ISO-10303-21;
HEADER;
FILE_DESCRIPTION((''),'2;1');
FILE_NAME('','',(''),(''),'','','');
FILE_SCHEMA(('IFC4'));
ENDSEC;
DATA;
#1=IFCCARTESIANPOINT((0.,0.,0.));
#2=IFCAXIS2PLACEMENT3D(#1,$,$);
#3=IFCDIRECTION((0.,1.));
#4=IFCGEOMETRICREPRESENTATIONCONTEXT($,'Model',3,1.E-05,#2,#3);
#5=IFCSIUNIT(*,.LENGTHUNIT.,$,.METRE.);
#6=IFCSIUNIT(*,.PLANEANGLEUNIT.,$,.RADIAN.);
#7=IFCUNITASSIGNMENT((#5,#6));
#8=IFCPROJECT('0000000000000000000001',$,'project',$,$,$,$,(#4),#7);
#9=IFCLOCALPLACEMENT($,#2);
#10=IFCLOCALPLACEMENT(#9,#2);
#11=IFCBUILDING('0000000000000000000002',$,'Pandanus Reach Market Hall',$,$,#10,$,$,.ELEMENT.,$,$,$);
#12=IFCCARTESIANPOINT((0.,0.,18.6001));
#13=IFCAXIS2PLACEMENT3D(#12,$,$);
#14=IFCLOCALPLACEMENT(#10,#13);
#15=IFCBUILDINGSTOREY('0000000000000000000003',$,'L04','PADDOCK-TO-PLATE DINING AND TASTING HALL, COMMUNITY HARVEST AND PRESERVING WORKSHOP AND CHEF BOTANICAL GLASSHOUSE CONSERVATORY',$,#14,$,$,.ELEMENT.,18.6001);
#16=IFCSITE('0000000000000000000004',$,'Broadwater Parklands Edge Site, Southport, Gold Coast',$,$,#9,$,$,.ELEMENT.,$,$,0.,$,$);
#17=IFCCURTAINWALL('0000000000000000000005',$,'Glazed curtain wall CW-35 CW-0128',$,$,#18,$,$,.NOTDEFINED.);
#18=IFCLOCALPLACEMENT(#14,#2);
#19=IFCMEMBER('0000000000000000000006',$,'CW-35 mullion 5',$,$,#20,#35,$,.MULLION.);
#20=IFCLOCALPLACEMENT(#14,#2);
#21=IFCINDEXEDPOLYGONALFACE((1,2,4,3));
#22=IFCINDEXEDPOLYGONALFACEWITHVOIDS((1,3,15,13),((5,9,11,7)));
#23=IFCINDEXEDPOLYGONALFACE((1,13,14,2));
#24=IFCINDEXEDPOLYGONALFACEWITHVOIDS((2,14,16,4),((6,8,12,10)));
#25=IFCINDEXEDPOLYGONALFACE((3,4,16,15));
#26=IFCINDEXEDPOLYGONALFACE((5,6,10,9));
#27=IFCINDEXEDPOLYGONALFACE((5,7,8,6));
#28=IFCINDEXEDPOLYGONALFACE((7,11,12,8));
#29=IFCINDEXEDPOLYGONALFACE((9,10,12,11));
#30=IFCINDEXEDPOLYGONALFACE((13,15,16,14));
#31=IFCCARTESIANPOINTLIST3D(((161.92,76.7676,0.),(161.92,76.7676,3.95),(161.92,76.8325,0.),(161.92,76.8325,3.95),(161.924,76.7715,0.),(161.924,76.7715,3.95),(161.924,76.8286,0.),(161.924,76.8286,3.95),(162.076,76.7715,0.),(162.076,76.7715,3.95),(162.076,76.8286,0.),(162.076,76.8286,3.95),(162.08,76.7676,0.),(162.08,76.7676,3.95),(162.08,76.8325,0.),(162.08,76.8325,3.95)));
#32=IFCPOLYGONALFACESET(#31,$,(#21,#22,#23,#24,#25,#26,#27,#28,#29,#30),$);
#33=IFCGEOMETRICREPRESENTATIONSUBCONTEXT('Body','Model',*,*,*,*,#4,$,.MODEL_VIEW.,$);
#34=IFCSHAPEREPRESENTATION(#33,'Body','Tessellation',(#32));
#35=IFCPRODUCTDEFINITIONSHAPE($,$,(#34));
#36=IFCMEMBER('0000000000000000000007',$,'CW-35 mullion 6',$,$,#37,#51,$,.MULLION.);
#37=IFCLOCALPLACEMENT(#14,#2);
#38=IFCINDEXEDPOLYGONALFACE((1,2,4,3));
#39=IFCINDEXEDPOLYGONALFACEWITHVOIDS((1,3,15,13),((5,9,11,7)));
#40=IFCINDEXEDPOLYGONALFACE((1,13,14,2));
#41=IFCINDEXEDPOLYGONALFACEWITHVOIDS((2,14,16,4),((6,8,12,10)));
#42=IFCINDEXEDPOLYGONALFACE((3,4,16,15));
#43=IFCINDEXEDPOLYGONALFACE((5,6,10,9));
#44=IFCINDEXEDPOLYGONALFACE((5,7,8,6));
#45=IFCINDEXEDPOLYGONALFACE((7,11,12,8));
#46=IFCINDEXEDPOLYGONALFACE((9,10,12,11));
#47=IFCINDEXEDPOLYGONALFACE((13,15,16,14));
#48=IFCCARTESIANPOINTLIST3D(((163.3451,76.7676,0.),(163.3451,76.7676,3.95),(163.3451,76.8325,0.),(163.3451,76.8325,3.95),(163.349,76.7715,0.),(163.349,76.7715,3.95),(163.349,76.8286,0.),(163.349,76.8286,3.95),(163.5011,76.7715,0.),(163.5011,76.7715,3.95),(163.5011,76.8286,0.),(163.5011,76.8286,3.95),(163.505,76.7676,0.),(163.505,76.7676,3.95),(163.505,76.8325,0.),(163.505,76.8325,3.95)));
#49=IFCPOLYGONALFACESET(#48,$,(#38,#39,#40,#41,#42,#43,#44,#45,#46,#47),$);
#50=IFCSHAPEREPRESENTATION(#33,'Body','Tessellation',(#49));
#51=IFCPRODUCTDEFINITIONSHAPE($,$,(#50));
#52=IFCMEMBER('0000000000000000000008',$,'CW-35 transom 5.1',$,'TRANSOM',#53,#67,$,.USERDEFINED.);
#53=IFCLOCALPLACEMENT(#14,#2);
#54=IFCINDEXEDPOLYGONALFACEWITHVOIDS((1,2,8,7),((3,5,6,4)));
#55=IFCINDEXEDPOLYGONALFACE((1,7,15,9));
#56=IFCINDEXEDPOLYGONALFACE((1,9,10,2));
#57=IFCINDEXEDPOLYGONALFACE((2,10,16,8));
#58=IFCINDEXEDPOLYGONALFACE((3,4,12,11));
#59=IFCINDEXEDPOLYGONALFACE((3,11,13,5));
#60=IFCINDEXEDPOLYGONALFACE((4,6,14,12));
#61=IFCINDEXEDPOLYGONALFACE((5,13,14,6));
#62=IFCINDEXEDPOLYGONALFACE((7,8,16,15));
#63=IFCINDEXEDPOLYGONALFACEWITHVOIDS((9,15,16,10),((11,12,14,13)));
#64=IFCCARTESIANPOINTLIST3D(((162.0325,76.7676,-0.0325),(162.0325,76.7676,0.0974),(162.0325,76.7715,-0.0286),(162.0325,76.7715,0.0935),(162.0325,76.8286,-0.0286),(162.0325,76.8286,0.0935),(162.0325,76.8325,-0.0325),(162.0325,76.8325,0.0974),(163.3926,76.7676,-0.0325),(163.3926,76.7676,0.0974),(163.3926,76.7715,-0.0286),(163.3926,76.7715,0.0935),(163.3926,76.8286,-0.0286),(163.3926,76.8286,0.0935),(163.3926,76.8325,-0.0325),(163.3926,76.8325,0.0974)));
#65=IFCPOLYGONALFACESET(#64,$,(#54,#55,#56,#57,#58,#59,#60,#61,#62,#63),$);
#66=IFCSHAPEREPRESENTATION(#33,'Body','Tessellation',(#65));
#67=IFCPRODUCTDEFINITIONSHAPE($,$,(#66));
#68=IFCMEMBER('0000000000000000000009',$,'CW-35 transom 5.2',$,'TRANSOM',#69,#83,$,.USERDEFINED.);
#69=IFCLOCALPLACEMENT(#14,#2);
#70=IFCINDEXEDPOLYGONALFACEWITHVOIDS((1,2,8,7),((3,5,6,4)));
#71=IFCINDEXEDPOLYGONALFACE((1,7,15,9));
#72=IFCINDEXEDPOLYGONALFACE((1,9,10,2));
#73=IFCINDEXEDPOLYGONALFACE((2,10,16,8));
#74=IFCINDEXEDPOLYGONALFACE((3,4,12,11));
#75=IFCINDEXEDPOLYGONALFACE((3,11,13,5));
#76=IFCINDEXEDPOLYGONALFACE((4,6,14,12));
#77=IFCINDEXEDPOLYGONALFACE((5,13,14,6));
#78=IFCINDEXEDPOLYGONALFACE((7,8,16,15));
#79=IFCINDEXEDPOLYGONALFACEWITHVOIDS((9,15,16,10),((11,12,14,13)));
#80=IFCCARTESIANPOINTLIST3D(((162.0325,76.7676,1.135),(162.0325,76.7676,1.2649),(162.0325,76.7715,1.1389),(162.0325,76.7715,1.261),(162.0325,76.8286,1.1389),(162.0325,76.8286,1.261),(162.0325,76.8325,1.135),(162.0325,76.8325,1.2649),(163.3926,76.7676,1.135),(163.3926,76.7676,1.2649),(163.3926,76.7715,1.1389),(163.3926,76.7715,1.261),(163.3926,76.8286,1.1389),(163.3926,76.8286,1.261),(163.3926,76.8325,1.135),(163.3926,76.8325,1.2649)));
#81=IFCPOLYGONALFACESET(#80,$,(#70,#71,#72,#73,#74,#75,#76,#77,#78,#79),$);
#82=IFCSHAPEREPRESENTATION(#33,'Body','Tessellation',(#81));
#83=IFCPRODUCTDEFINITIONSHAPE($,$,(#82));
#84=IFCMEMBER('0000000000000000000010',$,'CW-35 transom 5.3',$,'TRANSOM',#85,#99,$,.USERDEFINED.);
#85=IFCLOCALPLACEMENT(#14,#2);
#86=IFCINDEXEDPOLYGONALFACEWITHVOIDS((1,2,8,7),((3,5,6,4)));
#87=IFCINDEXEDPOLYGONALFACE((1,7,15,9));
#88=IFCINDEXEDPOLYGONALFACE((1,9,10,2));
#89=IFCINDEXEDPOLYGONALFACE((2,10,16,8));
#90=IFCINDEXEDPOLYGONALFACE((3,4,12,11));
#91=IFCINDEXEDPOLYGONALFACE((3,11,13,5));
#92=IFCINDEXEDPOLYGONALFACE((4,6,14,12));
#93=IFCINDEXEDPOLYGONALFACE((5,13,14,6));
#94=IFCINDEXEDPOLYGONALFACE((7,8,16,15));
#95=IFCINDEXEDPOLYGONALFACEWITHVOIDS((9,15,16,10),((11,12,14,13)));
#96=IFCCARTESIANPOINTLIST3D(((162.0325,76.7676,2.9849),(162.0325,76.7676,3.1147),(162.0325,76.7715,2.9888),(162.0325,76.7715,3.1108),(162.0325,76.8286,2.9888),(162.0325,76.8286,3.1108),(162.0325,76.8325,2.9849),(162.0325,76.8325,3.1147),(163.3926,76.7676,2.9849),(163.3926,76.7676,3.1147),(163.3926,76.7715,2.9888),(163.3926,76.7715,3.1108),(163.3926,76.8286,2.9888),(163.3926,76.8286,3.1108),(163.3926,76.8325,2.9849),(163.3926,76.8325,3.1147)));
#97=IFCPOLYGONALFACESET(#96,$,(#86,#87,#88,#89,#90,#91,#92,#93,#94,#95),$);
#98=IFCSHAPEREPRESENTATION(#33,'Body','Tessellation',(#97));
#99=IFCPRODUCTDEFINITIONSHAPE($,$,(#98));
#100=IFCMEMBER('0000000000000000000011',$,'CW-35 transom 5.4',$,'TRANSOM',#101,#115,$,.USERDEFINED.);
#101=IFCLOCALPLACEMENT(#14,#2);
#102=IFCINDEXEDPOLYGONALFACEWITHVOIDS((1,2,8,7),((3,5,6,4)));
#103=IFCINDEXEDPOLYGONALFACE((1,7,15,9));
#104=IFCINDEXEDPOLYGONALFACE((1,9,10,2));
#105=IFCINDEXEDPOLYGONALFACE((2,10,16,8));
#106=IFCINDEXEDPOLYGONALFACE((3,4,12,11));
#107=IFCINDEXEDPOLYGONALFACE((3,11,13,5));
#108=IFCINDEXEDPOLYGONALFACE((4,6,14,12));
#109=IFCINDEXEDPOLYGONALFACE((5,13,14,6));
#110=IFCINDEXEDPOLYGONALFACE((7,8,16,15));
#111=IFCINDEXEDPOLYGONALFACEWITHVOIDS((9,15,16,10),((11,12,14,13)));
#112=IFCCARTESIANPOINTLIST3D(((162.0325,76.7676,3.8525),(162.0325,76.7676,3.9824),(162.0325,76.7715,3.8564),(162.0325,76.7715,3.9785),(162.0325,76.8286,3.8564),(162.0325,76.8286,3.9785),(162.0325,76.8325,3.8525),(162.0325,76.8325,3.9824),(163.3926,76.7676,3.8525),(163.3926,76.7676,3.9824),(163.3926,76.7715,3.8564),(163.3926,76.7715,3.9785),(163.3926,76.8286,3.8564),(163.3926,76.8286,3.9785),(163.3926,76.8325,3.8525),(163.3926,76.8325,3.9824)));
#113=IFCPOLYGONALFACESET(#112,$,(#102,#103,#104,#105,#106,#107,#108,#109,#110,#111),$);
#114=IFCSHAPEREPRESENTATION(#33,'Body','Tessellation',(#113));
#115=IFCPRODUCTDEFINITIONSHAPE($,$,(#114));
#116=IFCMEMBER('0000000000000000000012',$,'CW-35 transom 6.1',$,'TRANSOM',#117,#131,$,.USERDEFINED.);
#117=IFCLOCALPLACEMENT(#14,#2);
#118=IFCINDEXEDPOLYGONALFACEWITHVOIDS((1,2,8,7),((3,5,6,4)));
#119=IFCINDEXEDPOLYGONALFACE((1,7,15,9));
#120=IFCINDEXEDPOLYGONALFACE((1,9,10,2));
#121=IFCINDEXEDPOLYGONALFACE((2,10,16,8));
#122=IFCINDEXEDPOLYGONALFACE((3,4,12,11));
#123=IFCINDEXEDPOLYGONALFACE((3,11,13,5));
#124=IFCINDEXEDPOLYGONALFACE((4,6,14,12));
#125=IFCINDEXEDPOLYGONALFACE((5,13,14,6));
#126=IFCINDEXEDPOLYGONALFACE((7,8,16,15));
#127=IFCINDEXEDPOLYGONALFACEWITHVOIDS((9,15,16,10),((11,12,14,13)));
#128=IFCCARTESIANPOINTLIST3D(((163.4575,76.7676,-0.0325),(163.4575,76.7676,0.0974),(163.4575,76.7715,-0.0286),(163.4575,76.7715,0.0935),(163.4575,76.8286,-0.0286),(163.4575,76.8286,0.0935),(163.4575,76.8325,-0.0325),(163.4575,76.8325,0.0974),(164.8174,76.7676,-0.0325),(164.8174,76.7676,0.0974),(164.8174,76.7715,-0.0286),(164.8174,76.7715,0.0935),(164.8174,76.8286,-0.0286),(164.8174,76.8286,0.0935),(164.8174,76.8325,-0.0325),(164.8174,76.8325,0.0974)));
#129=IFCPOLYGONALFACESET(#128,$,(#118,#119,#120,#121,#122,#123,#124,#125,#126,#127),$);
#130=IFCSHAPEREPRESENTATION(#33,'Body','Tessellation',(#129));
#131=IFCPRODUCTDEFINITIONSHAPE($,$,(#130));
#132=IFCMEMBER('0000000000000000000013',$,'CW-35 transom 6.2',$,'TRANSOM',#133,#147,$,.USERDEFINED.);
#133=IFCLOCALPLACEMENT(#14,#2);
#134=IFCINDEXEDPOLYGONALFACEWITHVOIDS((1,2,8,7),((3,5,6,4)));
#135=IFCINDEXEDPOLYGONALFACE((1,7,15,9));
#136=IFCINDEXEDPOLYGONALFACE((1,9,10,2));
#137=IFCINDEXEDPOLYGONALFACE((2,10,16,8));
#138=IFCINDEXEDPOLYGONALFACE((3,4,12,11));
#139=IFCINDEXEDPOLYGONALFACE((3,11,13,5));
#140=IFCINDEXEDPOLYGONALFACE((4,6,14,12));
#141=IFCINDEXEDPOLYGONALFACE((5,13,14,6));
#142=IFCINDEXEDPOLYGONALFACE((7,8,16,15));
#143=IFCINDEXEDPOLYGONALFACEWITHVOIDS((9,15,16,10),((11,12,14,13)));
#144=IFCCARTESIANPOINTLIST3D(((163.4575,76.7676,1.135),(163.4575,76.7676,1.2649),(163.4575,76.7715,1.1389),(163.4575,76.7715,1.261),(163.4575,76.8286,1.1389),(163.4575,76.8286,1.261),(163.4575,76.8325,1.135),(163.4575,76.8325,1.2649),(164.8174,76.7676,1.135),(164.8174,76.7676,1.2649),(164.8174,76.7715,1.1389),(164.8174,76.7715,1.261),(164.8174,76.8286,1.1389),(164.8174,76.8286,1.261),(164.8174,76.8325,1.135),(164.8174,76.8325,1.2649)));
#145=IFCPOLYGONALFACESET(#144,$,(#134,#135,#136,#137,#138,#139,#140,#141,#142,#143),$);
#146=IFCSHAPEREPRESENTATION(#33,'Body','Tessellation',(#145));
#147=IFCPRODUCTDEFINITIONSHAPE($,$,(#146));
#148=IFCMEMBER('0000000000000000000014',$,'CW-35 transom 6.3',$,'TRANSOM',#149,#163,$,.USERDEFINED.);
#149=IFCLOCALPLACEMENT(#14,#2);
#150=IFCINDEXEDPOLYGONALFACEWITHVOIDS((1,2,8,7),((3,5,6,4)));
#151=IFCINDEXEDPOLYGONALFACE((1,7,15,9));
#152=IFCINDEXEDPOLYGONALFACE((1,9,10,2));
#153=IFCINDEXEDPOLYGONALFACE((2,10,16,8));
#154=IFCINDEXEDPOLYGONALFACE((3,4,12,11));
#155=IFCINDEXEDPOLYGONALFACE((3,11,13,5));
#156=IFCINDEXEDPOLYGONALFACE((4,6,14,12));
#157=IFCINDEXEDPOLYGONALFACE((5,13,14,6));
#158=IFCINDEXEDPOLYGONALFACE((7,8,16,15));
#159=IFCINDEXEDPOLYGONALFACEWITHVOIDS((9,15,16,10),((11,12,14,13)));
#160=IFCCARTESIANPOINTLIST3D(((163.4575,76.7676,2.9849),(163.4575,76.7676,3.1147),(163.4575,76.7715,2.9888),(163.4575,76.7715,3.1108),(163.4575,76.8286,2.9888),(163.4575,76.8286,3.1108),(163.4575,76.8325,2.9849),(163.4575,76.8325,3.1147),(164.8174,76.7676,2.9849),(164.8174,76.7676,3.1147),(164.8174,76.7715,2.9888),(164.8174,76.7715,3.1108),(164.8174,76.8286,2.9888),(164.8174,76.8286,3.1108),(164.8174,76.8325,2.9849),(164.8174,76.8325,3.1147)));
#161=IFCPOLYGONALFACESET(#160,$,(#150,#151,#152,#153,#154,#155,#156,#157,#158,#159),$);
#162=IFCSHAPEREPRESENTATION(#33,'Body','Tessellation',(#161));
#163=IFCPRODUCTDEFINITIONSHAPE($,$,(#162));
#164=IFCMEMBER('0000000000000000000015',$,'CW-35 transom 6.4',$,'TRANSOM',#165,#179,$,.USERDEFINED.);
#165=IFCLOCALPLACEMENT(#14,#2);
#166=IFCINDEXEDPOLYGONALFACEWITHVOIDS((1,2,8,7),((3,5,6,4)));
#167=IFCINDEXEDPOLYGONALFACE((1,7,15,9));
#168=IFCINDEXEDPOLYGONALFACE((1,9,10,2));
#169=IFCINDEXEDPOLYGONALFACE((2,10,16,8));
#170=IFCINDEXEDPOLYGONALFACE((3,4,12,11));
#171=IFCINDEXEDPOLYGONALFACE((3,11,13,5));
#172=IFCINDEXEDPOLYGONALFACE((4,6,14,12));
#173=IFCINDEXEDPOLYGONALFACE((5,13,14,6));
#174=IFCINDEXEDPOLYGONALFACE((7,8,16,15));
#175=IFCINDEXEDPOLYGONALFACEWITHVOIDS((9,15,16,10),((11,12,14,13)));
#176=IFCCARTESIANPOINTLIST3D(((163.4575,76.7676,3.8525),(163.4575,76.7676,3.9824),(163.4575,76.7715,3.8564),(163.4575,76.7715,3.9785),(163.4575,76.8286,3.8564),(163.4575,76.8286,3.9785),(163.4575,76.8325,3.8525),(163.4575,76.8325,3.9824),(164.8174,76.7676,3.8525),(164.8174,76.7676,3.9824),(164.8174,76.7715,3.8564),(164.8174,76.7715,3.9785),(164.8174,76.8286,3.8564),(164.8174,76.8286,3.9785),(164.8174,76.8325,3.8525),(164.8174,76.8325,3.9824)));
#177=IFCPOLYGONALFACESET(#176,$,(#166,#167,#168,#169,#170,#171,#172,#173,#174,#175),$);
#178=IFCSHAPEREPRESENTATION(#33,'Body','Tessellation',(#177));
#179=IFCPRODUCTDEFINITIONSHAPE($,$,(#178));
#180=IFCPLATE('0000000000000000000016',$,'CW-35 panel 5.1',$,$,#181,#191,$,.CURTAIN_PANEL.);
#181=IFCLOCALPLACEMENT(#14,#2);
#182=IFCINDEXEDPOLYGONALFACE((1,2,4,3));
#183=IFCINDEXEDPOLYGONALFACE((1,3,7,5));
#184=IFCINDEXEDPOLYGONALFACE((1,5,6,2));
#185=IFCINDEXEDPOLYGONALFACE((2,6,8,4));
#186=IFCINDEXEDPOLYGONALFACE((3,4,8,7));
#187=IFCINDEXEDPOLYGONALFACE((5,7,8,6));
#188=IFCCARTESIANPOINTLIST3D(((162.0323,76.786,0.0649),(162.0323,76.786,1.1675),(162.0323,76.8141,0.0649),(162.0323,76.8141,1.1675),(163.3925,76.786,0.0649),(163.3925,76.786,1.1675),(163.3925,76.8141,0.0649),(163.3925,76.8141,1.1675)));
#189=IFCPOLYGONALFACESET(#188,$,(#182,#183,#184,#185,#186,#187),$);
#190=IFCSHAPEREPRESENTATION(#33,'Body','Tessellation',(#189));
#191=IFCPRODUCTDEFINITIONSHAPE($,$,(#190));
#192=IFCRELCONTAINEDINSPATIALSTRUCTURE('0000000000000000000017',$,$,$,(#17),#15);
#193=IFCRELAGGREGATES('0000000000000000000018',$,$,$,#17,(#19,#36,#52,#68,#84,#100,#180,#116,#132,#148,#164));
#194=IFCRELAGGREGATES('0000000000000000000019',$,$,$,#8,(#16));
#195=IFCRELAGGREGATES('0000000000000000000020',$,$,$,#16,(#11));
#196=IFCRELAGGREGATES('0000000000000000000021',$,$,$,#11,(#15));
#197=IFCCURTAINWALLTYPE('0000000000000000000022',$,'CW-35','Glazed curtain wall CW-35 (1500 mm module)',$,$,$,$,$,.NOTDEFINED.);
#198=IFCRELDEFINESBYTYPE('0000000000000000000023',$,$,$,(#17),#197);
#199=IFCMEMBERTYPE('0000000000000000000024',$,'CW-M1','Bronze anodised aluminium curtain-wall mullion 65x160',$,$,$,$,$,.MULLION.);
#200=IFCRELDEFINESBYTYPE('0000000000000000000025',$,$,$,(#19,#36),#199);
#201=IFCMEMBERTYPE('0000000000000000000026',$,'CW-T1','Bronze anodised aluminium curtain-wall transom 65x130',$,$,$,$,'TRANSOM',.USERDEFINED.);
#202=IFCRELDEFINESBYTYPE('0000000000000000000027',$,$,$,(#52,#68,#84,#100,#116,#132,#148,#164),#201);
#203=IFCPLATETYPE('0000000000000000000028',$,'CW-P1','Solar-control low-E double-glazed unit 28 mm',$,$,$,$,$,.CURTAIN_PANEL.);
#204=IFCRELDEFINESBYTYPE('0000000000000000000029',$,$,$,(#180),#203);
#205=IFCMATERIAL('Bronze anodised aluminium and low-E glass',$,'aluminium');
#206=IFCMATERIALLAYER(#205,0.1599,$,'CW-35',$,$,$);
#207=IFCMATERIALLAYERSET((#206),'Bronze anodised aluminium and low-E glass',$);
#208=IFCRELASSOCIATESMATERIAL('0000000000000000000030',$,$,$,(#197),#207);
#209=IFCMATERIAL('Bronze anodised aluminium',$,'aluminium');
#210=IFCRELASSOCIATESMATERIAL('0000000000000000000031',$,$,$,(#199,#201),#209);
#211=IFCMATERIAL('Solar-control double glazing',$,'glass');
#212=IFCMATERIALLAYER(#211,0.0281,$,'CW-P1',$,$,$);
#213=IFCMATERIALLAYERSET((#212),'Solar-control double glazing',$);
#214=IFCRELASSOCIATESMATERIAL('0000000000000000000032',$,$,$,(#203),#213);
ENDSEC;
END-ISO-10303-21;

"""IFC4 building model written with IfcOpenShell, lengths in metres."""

from ifc_helpers import new_model, si_unit, direction, frame, origin, origin_2d, place, context, subcontext, project, spatial, rectangle, hollow_rectangle, extrude, material, layer, layer_set, material_profile, profile_set, type_object, element, aggregate, save


model = new_model("IFC4")

# Units and contexts
model_context = context("Model", 3, precision=1e-05, world=origin(), true_north=direction((0.0, 1.0)))
body_context = subcontext(model_context, "Body", "Model", "MODEL_VIEW")
ifc_project = project(units=[si_unit("LENGTHUNIT", "METRE"), si_unit("PLANEANGLEUNIT", "RADIAN")], contexts=[model_context])

# Site, building, storey
site_placement = place(None, origin())
site = spatial("IfcSite", under=ifc_project, at=site_placement, Name="Broadwater Parklands Edge Site, Southport, Gold Coast", CompositionType="ELEMENT", RefElevation=0.0)
building_placement = place(site_placement, origin())
building = spatial("IfcBuilding", under=site, at=building_placement, Name="Pandanus Reach Market Hall", CompositionType="ELEMENT")
storey_placement = place(building_placement, frame((0.0, 0.0, 18.6001)))
storey = spatial("IfcBuildingStorey", under=building, at=storey_placement, Name="L04", Description="PADDOCK-TO-PLATE DINING AND TASTING HALL, COMMUNITY HARVEST AND PRESERVING WORKSHOP AND CHEF BOTANICAL GLASSHOUSE CONSERVATORY", CompositionType="ELEMENT", Elevation=18.6001)

# Curtain wall, members, plate
ifc_material_1 = material(Name="Bronze anodised aluminium and low-E glass", Category="aluminium")
ifc_layer_1 = layer(ifc_material_1, 0.1599, Name="CW-35")
ifc_layer_set_1 = layer_set([ifc_layer_1], Name="Bronze anodised aluminium and low-E glass")
curtain_wall_type = type_object("IfcCurtainWallType", Name="CW-35", Description="Glazed curtain wall CW-35 (1500 mm module)", PredefinedType="NOTDEFINED", material=ifc_layer_set_1)
curtain_wall_placement = place(storey_placement, origin())
curtain_wall = element("IfcCurtainWall", 1, at=curtain_wall_placement, inside=storey, type_object=curtain_wall_type, Name="Glazed curtain wall CW-35 CW-0128", PredefinedType="NOTDEFINED")
ifc_material_2 = material(Name="Bronze anodised aluminium", Category="aluminium")
ifc_material_profile_1 = material_profile(ifc_material_2, hollow_rectangle(XDim=0.0649, YDim=0.1599, WallThickness=0.0039, at=origin_2d()), Name="ALU65x160", Category="LoadBearing")
ifc_profile_set_1 = profile_set([ifc_material_profile_1], Name="Bronze anodised aluminium")
member_type_1 = type_object("IfcMemberType", Name="CW-M1", Description="Bronze anodised aluminium curtain-wall mullion 65x160", PredefinedType="MULLION", material=ifc_profile_set_1)
member_1_placement = place(storey_placement, frame((162.0, 76.8, 0.0), z_axis=(0.0, 0.0, 1.0), x_axis=(0.0, 1.0, 0.0)))
member_1 = element("IfcMember", 2, at=member_1_placement, type_object=member_type_1, Name="CW-35 mullion 5", PredefinedType="MULLION", context=body_context, shape_type="SweptSolid", body=[
    extrude(hollow_rectangle(XDim=0.0649, YDim=0.1599, WallThickness=0.0039, at=origin_2d()), origin(), (0.0, 0.0, 1.0), 3.95),
])
member_2_placement = place(storey_placement, frame((163.425, 76.8, 0.0), z_axis=(0.0, 0.0, 1.0), x_axis=(0.0, 1.0, 0.0)))
member_2 = element("IfcMember", 3, at=member_2_placement, type_object=member_type_1, Name="CW-35 mullion 6", PredefinedType="MULLION", context=body_context, shape_type="SweptSolid", body=[
    extrude(hollow_rectangle(XDim=0.0649, YDim=0.1599, WallThickness=0.0039, at=origin_2d()), origin(), (0.0, 0.0, 1.0), 3.95),
])
ifc_material_profile_2 = material_profile(ifc_material_2, hollow_rectangle(XDim=0.0649, YDim=0.1299, WallThickness=0.0039, at=origin_2d()), Name="ALU65x130", Category="LoadBearing")
ifc_profile_set_2 = profile_set([ifc_material_profile_2], Name="Bronze anodised aluminium")
member_type_2 = type_object("IfcMemberType", Name="CW-T1", Description="Bronze anodised aluminium curtain-wall transom 65x130", ElementType="TRANSOM", PredefinedType="USERDEFINED", material=ifc_profile_set_2)
member_3_placement = place(storey_placement, frame((162.0325, 76.8, 0.0325), z_axis=(1.0, 0.0, 0.0), x_axis=(0.0, 1.0, 0.0)))
member_3 = element("IfcMember", 4, at=member_3_placement, type_object=member_type_2, Name="CW-35 transom 5.1", ObjectType="TRANSOM", PredefinedType="USERDEFINED", context=body_context, shape_type="SweptSolid", body=[
    extrude(hollow_rectangle(XDim=0.0649, YDim=0.1299, WallThickness=0.0039, at=origin_2d()), origin(), (0.0, 0.0, 1.0), 1.3601),
])
member_4_placement = place(storey_placement, frame((162.0325, 76.8, 1.2), z_axis=(1.0, 0.0, 0.0), x_axis=(0.0, 1.0, 0.0)))
member_4 = element("IfcMember", 5, at=member_4_placement, type_object=member_type_2, Name="CW-35 transom 5.2", ObjectType="TRANSOM", PredefinedType="USERDEFINED", context=body_context, shape_type="SweptSolid", body=[
    extrude(hollow_rectangle(XDim=0.0649, YDim=0.1299, WallThickness=0.0039, at=origin_2d()), origin(), (0.0, 0.0, 1.0), 1.3601),
])
member_5_placement = place(storey_placement, frame((162.0325, 76.8, 3.0498), z_axis=(1.0, 0.0, 0.0), x_axis=(0.0, 1.0, 0.0)))
member_5 = element("IfcMember", 6, at=member_5_placement, type_object=member_type_2, Name="CW-35 transom 5.3", ObjectType="TRANSOM", PredefinedType="USERDEFINED", context=body_context, shape_type="SweptSolid", body=[
    extrude(hollow_rectangle(XDim=0.0649, YDim=0.1299, WallThickness=0.0039, at=origin_2d()), origin(), (0.0, 0.0, 1.0), 1.3601),
])
member_6_placement = place(storey_placement, frame((162.0325, 76.8, 3.9175), z_axis=(1.0, 0.0, 0.0), x_axis=(0.0, 1.0, 0.0)))
member_6 = element("IfcMember", 7, at=member_6_placement, type_object=member_type_2, Name="CW-35 transom 5.4", ObjectType="TRANSOM", PredefinedType="USERDEFINED", context=body_context, shape_type="SweptSolid", body=[
    extrude(hollow_rectangle(XDim=0.0649, YDim=0.1299, WallThickness=0.0039, at=origin_2d()), origin(), (0.0, 0.0, 1.0), 1.3601),
])
member_7_placement = place(storey_placement, frame((163.4575, 76.8, 0.0325), z_axis=(1.0, 0.0, 0.0), x_axis=(0.0, 1.0, 0.0)))
member_7 = element("IfcMember", 8, at=member_7_placement, type_object=member_type_2, Name="CW-35 transom 6.1", ObjectType="TRANSOM", PredefinedType="USERDEFINED", context=body_context, shape_type="SweptSolid", body=[
    extrude(hollow_rectangle(XDim=0.0649, YDim=0.1299, WallThickness=0.0039, at=origin_2d()), origin(), (0.0, 0.0, 1.0), 1.3599),
])
member_8_placement = place(storey_placement, frame((163.4575, 76.8, 1.2), z_axis=(1.0, 0.0, 0.0), x_axis=(0.0, 1.0, 0.0)))
member_8 = element("IfcMember", 9, at=member_8_placement, type_object=member_type_2, Name="CW-35 transom 6.2", ObjectType="TRANSOM", PredefinedType="USERDEFINED", context=body_context, shape_type="SweptSolid", body=[
    extrude(hollow_rectangle(XDim=0.0649, YDim=0.1299, WallThickness=0.0039, at=origin_2d()), origin(), (0.0, 0.0, 1.0), 1.3599),
])
member_9_placement = place(storey_placement, frame((163.4575, 76.8, 3.0498), z_axis=(1.0, 0.0, 0.0), x_axis=(0.0, 1.0, 0.0)))
member_9 = element("IfcMember", 10, at=member_9_placement, type_object=member_type_2, Name="CW-35 transom 6.3", ObjectType="TRANSOM", PredefinedType="USERDEFINED", context=body_context, shape_type="SweptSolid", body=[
    extrude(hollow_rectangle(XDim=0.0649, YDim=0.1299, WallThickness=0.0039, at=origin_2d()), origin(), (0.0, 0.0, 1.0), 1.3599),
])
member_10_placement = place(storey_placement, frame((163.4575, 76.8, 3.9175), z_axis=(1.0, 0.0, 0.0), x_axis=(0.0, 1.0, 0.0)))
member_10 = element("IfcMember", 11, at=member_10_placement, type_object=member_type_2, Name="CW-35 transom 6.4", ObjectType="TRANSOM", PredefinedType="USERDEFINED", context=body_context, shape_type="SweptSolid", body=[
    extrude(hollow_rectangle(XDim=0.0649, YDim=0.1299, WallThickness=0.0039, at=origin_2d()), origin(), (0.0, 0.0, 1.0), 1.3599),
])
ifc_material_3 = material(Name="Solar-control double glazing", Category="glass")
ifc_layer_2 = layer(ifc_material_3, 0.0281, Name="CW-P1")
ifc_layer_set_2 = layer_set([ifc_layer_2], Name="Solar-control double glazing")
plate_type = type_object("IfcPlateType", Name="CW-P1", Description="Solar-control low-E double-glazed unit 28 mm", PredefinedType="CURTAIN_PANEL", material=ifc_layer_set_2)
plate_1_placement = place(storey_placement, frame((162.7124, 76.8, 0.0649), z_axis=(0.0, 0.0, 1.0), x_axis=(1.0, 0.0, 0.0)))
plate_1 = element("IfcPlate", 12, at=plate_1_placement, type_object=plate_type, Name="CW-35 panel 5.1", PredefinedType="CURTAIN_PANEL", context=body_context, shape_type="SweptSolid", body=[
    extrude(rectangle(XDim=1.3601, YDim=0.0281, at=origin_2d()), origin(), (0.0, 0.0, 1.0), 1.1025),
])
aggregate(curtain_wall, [member_1, member_2, member_3, member_4, member_5, member_6, plate_1, member_7, member_8, member_9, member_10])

save(model, "model.ifc")
